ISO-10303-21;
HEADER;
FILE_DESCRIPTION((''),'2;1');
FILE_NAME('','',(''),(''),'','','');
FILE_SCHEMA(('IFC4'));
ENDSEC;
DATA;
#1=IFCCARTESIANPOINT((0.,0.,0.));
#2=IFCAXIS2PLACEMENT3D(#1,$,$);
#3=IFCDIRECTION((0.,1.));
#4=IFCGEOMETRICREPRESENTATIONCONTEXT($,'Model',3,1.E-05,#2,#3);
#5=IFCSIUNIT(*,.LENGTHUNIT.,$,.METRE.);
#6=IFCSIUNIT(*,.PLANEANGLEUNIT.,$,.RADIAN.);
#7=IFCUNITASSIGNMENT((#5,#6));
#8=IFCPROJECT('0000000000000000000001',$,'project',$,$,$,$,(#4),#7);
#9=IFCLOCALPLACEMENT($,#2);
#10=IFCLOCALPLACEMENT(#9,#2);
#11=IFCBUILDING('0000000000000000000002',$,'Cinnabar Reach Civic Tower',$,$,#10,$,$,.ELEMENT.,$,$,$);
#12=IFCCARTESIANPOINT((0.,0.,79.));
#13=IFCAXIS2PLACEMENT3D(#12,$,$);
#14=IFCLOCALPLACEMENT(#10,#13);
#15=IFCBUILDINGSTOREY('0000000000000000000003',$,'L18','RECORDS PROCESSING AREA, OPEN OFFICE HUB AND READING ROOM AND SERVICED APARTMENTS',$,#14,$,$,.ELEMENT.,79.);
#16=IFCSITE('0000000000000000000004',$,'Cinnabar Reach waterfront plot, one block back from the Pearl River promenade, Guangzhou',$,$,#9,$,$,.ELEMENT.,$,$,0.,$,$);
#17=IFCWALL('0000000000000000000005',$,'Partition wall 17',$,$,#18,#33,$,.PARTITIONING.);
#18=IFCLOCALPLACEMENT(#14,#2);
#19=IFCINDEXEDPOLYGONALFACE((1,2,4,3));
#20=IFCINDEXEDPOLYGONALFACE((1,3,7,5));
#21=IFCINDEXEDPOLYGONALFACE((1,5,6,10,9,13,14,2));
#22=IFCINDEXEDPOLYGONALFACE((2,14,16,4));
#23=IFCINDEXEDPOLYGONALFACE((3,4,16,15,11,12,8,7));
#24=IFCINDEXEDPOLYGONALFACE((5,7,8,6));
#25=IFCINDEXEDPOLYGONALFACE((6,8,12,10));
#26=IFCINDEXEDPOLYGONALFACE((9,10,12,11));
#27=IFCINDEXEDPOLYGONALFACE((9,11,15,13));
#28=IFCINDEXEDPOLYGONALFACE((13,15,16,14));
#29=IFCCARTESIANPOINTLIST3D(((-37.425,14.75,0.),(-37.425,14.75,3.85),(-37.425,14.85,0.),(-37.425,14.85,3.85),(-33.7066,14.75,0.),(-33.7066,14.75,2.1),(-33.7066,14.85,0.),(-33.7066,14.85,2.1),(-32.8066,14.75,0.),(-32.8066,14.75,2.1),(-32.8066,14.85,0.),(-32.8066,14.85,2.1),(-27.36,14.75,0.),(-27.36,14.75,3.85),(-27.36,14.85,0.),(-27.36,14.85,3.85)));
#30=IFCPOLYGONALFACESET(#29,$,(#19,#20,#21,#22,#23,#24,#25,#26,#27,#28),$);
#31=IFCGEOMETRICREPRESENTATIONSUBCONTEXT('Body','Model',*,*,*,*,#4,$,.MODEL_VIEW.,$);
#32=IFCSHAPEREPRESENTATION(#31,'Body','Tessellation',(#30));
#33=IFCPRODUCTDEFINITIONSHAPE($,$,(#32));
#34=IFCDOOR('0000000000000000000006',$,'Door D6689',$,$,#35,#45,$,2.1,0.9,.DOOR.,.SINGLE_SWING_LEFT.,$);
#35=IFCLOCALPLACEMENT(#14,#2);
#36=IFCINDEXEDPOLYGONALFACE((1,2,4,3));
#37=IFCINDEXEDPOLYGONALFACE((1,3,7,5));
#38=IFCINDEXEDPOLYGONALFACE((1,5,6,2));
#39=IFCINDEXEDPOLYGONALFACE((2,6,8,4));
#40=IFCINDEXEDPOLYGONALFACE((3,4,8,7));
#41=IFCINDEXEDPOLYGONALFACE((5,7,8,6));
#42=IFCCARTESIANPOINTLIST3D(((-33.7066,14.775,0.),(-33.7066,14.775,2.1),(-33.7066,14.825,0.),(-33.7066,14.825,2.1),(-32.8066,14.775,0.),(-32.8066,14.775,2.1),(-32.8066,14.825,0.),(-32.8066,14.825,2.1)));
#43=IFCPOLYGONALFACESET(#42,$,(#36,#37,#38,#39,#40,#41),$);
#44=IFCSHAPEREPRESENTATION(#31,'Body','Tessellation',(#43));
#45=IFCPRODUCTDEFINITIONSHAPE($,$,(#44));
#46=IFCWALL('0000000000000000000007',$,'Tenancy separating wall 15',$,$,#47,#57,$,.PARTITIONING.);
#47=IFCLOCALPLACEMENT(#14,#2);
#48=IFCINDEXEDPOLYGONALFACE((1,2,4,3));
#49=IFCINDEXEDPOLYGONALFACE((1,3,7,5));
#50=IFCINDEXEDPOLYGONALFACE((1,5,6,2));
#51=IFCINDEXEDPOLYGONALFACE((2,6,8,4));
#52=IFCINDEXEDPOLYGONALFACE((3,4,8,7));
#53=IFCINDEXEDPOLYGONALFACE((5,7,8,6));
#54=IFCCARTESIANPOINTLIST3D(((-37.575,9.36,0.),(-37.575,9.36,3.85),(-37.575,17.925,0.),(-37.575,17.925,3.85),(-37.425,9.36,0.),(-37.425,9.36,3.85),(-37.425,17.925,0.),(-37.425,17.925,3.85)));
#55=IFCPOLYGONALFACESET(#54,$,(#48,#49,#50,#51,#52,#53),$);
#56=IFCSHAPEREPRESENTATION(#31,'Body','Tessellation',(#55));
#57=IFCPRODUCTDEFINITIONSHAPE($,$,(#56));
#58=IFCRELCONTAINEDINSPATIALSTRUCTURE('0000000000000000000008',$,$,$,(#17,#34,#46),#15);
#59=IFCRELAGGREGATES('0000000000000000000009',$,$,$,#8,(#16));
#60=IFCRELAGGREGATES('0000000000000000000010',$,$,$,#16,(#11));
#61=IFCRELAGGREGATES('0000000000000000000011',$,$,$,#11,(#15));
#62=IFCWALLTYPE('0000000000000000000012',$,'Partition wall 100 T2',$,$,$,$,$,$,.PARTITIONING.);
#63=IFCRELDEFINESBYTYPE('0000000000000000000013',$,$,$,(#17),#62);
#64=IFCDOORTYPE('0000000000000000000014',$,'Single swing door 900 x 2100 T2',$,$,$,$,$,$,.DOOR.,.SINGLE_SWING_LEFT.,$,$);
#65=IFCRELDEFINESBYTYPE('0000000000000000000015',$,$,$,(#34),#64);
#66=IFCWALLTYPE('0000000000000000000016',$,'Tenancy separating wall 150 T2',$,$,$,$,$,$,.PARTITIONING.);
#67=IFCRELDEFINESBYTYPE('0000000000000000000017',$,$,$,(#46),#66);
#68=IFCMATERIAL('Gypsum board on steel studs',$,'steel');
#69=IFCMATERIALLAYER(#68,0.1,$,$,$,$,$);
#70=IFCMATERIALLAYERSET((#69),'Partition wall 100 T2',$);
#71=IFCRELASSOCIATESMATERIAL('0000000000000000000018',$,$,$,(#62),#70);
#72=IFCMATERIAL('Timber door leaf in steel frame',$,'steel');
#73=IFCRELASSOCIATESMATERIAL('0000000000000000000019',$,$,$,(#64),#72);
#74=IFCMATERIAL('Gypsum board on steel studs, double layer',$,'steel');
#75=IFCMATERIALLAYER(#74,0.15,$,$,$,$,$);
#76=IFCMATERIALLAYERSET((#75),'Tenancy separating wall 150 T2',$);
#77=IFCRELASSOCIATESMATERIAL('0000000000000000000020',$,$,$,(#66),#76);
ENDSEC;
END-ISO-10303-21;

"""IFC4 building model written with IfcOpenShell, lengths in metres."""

from ifc_helpers import new_model, si_unit, direction, frame, frame_2d, origin, place, context, subcontext, project, spatial, rectangle, extrude, material, layer, layer_set, type_object, element, fill, save


model = new_model("IFC4")

# Units and contexts
model_context = context("Model", 3, precision=1e-05, world=origin(), true_north=direction((0.0, 1.0)))
body_context = subcontext(model_context, "Body", "Model", "MODEL_VIEW")
ifc_project = project(units=[si_unit("LENGTHUNIT", "METRE"), si_unit("PLANEANGLEUNIT", "RADIAN")], contexts=[model_context])

# Site, building, storey
site_placement = place(None, origin())
site = spatial("IfcSite", under=ifc_project, at=site_placement, Name="Cinnabar Reach waterfront plot, one block back from the Pearl River promenade, Guangzhou", CompositionType="ELEMENT", RefElevation=0.0)
building_placement = place(site_placement, origin())
building = spatial("IfcBuilding", under=site, at=building_placement, Name="Cinnabar Reach Civic Tower", CompositionType="ELEMENT")
storey_placement = place(building_placement, frame((0.0, 0.0, 79.0)))
storey = spatial("IfcBuildingStorey", under=building, at=storey_placement, Name="L18", Description="RECORDS PROCESSING AREA, OPEN OFFICE HUB AND READING ROOM AND SERVICED APARTMENTS", CompositionType="ELEMENT", Elevation=79.0)

# Wall, opening, door
ifc_material_1 = material(Name="Gypsum board on steel studs", Category="steel")
ifc_layer_1 = layer(ifc_material_1, 0.1)
ifc_layer_set_1 = layer_set([ifc_layer_1], Name="Partition wall 100 T2")
wall_type_1 = type_object("IfcWallType", Name="Partition wall 100 T2", PredefinedType="PARTITIONING", material=ifc_layer_set_1)
wall_1_placement = place(storey_placement, frame((-37.425, 14.8, 0.0), z_axis=(0.0, 0.0, 1.0), x_axis=(1.0, 0.0, 0.0)))
wall_1 = element("IfcWall", 1, at=wall_1_placement, inside=storey, type_object=wall_type_1, Name="Partition wall 17", PredefinedType="PARTITIONING", context=body_context, shape_type="SweptSolid", body=[
    extrude(rectangle(XDim=10.065, YDim=0.1, at=frame_2d((5.0325, 0.0))), origin(), (0.0, 0.0, 1.0), 3.85),
])
opening_placement = place(wall_1_placement, frame((3.7184, 0.0, 0.0)))
opening = element("IfcOpeningElement", 2, at=opening_placement, cuts=wall_1, PredefinedType="OPENING", context=body_context, shape_type="SweptSolid", body=[
    extrude(rectangle(XDim=0.9, YDim=2.1, at=frame_2d((0.45, 1.05))), frame((0.0, 0.06, 0.0), z_axis=(0.0, -1.0, 0.0), x_axis=(1.0, 0.0, 0.0)), (0.0, 0.0, 1.0), 0.12),
])
ifc_material_2 = material(Name="Timber door leaf in steel frame", Category="steel")
door_type = type_object("IfcDoorType", Name="Single swing door 900 x 2100 T2", OperationType="SINGLE_SWING_LEFT", PredefinedType="DOOR", material=ifc_material_2)
door_placement = place(opening_placement, origin())
door = element("IfcDoor", 3, at=door_placement, inside=storey, type_object=door_type, Name="Door D6689", OperationType="SINGLE_SWING_LEFT", OverallHeight=2.1, OverallWidth=0.9, PredefinedType="DOOR", context=body_context, shape_type="SweptSolid", body=[
    extrude(rectangle(XDim=0.9, YDim=2.1, at=frame_2d((0.45, 1.05))), frame((0.0, 0.025, 0.0), z_axis=(0.0, -1.0, 0.0), x_axis=(1.0, 0.0, 0.0)), (0.0, 0.0, 1.0), 0.05),
])
fill(opening, door)

# Wall
ifc_material_3 = material(Name="Gypsum board on steel studs, double layer", Category="steel")
ifc_layer_2 = layer(ifc_material_3, 0.15)
ifc_layer_set_2 = layer_set([ifc_layer_2], Name="Tenancy separating wall 150 T2")
wall_type_2 = type_object("IfcWallType", Name="Tenancy separating wall 150 T2", PredefinedType="PARTITIONING", material=ifc_layer_set_2)
wall_2_placement = place(storey_placement, frame((-37.5, 9.36, 0.0), z_axis=(0.0, 0.0, 1.0), x_axis=(0.0, 1.0, 0.0)))
element("IfcWall", 4, at=wall_2_placement, inside=storey, type_object=wall_type_2, Name="Tenancy separating wall 15", PredefinedType="PARTITIONING", context=body_context, shape_type="SweptSolid", body=[
    extrude(rectangle(XDim=8.565, YDim=0.15, at=frame_2d((4.2825, 0.0))), origin(), (0.0, 0.0, 1.0), 3.85),
])

save(model, "model.ifc")
